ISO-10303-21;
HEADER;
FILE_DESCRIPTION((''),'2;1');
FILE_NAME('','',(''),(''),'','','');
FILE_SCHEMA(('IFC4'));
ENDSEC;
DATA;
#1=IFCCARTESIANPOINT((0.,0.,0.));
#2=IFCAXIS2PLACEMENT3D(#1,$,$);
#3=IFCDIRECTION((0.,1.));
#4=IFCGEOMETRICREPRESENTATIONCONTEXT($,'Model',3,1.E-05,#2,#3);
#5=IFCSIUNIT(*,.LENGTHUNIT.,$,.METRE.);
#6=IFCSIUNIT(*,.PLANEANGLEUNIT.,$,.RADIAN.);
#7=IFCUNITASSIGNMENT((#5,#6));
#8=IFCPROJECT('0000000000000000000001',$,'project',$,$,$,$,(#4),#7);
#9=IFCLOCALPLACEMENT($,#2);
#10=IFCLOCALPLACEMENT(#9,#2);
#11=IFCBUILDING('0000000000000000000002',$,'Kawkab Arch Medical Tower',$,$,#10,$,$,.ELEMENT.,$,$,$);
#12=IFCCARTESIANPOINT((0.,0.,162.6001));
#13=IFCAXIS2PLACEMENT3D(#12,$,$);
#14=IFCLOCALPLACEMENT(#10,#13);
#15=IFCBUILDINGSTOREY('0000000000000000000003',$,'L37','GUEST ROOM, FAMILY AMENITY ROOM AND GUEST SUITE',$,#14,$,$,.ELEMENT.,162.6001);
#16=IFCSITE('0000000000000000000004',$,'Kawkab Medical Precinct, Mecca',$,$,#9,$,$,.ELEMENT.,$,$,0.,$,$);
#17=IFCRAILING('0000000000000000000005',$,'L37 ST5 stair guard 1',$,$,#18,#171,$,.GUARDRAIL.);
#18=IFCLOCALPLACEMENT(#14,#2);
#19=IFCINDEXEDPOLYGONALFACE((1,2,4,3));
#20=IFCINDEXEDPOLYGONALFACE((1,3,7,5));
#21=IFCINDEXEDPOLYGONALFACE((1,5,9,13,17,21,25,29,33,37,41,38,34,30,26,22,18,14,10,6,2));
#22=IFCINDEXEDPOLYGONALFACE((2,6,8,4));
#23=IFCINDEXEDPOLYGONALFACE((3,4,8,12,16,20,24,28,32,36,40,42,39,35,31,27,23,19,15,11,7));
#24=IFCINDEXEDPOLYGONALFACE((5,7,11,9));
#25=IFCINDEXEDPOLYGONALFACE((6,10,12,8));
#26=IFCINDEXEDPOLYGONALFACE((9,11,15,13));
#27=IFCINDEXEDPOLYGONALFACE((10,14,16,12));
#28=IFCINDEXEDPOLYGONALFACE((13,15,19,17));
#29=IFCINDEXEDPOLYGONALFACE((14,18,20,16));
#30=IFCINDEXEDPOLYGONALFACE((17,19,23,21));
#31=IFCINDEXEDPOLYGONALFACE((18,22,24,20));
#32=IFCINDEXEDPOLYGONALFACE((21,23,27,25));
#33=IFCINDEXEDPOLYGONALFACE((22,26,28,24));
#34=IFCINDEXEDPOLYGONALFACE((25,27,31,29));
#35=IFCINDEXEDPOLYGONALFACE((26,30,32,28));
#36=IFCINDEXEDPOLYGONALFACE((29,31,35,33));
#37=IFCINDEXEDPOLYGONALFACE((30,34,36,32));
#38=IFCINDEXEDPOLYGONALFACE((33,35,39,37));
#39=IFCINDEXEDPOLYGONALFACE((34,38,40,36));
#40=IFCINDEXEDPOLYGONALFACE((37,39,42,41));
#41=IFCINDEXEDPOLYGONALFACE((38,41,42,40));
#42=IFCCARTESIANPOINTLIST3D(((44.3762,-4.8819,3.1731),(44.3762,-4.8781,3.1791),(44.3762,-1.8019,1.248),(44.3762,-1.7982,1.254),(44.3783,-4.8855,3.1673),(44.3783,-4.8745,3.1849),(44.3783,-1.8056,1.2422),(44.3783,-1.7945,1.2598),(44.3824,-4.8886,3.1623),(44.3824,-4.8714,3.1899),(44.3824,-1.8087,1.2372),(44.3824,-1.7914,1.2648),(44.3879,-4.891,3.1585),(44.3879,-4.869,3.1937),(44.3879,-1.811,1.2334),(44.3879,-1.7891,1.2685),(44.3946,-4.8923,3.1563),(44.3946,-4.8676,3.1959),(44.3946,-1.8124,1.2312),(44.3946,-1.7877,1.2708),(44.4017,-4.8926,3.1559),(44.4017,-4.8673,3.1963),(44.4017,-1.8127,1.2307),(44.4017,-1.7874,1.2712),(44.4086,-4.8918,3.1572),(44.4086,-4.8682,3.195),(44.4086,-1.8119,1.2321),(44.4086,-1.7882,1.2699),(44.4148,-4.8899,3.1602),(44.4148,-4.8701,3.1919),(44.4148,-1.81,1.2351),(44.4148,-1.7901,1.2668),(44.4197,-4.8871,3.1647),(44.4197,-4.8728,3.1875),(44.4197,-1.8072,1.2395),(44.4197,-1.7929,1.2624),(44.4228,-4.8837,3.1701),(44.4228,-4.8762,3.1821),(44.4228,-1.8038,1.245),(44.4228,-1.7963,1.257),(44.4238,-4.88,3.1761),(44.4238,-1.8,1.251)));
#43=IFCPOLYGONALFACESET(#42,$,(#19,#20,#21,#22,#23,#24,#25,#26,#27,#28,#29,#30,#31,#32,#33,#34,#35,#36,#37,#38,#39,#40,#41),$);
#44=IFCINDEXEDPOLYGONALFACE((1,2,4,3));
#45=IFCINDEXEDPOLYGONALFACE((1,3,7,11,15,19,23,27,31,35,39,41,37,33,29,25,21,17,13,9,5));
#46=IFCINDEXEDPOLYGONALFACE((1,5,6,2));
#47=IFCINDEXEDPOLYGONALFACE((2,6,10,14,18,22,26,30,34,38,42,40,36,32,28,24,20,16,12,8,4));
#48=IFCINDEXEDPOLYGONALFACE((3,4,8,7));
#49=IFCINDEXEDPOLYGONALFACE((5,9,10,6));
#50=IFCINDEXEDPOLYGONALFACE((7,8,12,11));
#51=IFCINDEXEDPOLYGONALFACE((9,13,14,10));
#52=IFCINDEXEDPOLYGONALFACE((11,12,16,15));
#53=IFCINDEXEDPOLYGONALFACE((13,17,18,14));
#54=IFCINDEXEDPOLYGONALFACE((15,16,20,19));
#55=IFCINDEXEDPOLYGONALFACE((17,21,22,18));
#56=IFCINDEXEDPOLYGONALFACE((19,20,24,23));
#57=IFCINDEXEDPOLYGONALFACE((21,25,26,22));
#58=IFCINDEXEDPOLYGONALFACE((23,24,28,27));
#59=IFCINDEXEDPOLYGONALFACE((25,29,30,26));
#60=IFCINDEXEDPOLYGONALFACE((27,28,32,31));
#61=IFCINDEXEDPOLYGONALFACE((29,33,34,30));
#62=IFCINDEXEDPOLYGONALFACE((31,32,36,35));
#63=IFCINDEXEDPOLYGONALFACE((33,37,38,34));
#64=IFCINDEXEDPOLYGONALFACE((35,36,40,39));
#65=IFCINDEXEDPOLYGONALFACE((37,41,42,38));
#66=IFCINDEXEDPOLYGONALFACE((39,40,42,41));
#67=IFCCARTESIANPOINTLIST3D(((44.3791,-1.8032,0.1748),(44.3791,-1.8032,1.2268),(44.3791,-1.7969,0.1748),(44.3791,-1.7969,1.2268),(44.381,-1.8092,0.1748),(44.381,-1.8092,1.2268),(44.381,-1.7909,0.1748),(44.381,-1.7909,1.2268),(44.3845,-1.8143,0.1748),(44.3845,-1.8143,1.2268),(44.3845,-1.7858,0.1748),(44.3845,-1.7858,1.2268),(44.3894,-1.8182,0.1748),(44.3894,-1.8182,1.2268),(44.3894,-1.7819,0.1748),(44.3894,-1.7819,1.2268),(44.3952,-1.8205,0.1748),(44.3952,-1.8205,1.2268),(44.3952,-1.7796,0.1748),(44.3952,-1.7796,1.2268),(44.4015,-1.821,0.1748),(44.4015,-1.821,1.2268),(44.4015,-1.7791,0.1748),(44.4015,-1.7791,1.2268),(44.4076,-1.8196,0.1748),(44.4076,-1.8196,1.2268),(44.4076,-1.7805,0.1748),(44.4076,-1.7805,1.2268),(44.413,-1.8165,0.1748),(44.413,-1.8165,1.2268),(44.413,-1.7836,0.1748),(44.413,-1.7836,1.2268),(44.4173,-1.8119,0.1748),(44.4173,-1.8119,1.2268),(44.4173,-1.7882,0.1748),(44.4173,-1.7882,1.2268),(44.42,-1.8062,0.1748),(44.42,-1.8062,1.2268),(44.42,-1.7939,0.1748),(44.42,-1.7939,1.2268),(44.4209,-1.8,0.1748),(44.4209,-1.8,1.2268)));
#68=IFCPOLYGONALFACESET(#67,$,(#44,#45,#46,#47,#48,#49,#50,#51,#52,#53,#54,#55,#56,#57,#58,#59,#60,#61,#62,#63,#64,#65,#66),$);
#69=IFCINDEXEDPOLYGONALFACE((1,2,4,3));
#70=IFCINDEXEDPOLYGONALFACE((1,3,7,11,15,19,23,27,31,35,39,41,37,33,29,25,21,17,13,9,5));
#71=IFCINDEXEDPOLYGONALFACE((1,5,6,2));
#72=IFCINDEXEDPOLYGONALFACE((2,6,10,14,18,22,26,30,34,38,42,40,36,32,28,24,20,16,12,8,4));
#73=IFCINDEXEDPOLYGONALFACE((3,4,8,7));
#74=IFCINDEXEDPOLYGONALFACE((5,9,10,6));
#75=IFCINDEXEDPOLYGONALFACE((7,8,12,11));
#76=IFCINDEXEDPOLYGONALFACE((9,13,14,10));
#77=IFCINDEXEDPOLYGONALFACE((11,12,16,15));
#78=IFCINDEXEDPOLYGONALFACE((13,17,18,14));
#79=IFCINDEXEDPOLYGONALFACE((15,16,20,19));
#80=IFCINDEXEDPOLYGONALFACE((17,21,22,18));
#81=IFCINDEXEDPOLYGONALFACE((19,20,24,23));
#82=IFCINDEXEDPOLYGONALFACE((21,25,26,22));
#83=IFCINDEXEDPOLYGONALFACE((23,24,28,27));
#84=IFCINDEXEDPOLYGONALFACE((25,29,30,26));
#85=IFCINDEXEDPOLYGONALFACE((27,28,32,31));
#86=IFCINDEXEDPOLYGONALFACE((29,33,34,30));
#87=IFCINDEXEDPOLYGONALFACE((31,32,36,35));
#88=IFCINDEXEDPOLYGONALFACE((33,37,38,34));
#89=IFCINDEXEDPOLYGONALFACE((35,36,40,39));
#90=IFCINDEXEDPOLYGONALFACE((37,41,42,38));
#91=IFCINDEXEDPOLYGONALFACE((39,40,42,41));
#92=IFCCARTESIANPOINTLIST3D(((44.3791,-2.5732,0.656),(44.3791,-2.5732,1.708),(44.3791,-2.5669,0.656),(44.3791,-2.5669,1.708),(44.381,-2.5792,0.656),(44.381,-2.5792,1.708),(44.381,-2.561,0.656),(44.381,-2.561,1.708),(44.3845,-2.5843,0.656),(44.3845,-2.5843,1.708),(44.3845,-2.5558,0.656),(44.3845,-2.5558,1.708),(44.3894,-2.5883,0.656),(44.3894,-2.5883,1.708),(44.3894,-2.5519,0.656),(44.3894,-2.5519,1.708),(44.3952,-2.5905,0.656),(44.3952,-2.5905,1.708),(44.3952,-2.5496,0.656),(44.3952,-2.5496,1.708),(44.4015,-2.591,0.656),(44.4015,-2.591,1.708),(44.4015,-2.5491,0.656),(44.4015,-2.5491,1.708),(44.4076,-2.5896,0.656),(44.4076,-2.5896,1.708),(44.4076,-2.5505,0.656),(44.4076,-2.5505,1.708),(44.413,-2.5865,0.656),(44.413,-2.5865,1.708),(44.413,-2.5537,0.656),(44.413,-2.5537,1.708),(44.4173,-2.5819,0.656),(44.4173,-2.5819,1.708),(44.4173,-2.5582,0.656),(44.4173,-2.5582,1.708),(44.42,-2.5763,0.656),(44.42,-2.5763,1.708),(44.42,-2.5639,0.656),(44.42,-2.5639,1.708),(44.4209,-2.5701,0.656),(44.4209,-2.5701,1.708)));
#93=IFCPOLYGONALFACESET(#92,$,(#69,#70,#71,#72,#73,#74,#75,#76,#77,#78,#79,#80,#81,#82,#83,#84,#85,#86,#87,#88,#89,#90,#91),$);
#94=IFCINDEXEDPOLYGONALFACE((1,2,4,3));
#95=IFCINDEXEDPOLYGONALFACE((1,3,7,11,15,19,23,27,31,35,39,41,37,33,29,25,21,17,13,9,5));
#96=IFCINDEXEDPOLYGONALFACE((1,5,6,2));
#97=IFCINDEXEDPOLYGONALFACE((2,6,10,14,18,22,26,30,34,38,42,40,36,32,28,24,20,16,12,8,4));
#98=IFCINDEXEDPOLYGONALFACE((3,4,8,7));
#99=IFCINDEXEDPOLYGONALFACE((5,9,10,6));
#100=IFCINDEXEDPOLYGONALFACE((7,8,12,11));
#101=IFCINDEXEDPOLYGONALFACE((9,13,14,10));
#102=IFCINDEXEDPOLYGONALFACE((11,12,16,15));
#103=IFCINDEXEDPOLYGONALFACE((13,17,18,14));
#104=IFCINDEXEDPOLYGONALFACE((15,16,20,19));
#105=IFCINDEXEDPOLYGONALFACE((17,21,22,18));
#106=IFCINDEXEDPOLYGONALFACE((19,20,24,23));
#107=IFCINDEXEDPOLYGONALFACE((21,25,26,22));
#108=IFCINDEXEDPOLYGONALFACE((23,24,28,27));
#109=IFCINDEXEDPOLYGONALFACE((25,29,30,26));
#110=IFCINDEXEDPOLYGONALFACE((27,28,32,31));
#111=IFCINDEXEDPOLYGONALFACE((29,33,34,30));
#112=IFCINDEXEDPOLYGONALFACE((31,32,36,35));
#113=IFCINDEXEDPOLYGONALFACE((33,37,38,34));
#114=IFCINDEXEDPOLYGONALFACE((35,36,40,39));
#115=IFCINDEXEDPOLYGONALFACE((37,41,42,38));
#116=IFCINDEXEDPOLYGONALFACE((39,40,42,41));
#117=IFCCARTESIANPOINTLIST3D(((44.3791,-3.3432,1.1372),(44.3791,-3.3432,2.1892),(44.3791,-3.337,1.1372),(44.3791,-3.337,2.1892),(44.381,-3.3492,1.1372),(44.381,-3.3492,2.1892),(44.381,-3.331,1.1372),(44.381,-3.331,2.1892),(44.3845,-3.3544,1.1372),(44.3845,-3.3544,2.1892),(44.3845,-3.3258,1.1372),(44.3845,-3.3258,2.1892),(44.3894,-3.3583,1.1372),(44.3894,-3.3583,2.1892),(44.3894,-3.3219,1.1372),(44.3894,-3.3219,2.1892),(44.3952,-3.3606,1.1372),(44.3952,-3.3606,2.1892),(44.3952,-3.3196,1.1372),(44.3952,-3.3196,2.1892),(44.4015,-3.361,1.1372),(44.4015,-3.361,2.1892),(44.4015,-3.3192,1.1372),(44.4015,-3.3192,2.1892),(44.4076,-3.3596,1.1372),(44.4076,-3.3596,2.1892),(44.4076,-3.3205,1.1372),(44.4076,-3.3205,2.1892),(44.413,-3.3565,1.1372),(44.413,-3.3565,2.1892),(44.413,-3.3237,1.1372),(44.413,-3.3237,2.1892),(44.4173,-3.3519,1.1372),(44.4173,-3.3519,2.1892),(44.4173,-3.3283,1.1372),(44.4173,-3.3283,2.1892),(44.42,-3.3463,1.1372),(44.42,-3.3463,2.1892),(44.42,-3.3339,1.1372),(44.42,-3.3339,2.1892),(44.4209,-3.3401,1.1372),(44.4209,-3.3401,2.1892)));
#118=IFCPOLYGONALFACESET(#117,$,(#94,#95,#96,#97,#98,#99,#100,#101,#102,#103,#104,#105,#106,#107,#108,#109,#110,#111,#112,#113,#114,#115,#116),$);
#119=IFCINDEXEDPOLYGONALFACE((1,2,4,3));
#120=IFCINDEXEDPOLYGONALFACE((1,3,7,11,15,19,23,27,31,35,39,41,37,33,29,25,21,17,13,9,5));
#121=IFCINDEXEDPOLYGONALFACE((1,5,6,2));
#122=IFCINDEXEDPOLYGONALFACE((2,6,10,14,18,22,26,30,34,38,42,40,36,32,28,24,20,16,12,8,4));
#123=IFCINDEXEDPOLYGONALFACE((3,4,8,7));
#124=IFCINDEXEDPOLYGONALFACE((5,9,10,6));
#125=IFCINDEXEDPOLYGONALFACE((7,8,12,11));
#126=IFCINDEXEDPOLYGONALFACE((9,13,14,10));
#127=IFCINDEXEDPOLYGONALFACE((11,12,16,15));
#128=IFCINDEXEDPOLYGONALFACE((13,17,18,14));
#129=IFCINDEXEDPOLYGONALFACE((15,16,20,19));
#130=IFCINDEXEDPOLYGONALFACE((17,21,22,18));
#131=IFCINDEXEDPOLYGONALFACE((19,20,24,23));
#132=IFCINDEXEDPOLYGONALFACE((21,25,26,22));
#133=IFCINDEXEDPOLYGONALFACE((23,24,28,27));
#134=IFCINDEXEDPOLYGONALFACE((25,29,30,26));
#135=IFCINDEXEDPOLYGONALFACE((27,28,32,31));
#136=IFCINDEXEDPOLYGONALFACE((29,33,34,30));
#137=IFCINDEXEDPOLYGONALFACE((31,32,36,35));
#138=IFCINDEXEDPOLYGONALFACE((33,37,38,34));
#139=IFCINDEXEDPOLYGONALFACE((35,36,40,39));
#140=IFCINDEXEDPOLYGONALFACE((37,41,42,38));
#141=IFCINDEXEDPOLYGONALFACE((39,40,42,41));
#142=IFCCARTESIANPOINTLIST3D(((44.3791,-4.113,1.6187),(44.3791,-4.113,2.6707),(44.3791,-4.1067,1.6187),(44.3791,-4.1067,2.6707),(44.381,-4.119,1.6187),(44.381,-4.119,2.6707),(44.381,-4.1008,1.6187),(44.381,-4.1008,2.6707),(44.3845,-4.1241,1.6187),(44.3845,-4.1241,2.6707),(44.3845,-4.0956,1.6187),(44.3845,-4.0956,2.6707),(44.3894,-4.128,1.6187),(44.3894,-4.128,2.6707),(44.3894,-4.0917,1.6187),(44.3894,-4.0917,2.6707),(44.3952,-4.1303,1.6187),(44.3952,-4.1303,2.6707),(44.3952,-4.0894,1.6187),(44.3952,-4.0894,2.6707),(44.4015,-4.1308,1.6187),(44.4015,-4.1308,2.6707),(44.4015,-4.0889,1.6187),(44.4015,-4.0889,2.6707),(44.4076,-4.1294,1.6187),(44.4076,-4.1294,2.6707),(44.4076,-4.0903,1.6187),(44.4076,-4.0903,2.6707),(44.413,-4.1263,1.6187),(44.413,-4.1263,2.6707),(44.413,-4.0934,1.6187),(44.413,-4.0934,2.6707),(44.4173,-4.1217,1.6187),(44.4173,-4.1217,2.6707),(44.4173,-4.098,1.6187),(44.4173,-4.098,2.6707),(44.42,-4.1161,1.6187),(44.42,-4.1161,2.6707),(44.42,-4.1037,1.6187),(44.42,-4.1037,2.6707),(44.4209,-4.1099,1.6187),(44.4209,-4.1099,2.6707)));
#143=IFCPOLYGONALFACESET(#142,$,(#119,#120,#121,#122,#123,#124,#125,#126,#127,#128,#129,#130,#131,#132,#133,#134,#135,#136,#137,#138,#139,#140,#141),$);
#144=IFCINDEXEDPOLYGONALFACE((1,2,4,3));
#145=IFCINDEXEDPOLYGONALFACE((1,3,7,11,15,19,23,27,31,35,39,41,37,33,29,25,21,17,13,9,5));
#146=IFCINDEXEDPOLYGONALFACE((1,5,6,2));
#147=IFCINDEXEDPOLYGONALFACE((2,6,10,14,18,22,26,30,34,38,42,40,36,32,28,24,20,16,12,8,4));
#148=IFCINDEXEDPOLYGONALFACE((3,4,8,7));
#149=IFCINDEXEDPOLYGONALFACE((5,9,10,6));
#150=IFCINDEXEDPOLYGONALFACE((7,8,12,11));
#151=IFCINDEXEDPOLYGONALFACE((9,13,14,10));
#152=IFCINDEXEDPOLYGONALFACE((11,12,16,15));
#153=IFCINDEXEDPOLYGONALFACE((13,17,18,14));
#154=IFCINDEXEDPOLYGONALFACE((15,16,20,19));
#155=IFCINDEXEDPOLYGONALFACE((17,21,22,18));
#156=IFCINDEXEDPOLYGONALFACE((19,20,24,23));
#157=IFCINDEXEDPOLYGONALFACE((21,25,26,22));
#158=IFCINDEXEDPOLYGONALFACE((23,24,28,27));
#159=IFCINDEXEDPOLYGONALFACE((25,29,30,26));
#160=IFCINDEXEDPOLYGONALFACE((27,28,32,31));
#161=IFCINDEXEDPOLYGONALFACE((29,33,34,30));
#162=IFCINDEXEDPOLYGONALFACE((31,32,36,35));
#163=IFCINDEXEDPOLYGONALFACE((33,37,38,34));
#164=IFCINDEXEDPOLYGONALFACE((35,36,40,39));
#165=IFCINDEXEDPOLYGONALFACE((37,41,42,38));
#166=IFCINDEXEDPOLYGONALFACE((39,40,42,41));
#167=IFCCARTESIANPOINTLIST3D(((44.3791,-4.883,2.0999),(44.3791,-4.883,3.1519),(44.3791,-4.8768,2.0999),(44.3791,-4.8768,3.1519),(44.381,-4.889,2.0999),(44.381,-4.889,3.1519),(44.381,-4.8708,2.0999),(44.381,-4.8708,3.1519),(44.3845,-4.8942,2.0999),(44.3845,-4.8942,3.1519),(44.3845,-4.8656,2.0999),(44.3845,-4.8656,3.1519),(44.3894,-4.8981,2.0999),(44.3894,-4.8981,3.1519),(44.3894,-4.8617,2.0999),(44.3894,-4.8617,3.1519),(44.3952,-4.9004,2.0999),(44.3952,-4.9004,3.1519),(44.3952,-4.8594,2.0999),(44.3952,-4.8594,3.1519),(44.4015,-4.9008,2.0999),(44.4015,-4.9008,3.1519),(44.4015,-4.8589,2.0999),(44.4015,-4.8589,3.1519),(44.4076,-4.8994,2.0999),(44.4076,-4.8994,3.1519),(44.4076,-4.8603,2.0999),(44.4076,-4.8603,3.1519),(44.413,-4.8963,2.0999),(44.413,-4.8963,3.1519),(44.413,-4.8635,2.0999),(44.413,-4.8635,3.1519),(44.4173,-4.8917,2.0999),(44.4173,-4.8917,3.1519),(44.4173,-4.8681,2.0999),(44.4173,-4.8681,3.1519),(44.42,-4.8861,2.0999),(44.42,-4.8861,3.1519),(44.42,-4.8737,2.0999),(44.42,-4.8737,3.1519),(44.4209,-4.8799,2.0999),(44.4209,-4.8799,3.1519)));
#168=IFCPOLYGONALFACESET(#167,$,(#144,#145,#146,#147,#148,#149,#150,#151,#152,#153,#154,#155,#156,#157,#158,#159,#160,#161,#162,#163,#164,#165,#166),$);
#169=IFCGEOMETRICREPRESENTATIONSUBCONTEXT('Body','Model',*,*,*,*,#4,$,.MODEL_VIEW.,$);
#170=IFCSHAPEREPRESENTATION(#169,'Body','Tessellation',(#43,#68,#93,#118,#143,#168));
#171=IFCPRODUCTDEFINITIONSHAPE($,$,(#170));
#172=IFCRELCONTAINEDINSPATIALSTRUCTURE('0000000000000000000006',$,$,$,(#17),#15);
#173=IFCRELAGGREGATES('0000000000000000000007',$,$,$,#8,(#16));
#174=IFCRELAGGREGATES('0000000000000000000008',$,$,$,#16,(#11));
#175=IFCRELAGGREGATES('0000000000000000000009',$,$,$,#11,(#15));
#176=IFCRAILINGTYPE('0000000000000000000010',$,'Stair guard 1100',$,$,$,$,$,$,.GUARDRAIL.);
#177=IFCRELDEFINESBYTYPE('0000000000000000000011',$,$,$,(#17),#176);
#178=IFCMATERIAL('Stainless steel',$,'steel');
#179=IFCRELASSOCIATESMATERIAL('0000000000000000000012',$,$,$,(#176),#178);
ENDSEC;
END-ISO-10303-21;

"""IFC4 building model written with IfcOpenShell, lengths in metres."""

from ifc_helpers import new_model, si_unit, direction, frame, origin, origin_2d, place, context, subcontext, project, spatial, circle, extrude, material, type_object, element, save


model = new_model("IFC4")

# Units and contexts
model_context = context("Model", 3, precision=1e-05, world=origin(), true_north=direction((0.0, 1.0)))
body_context = subcontext(model_context, "Body", "Model", "MODEL_VIEW")
ifc_project = project(units=[si_unit("LENGTHUNIT", "METRE"), si_unit("PLANEANGLEUNIT", "RADIAN")], contexts=[model_context])

# Site, building, storey
site_placement = place(None, origin())
site = spatial("IfcSite", under=ifc_project, at=site_placement, Name="Kawkab Medical Precinct, Mecca", CompositionType="ELEMENT", RefElevation=0.0)
building_placement = place(site_placement, origin())
building = spatial("IfcBuilding", under=site, at=building_placement, Name="Kawkab Arch Medical Tower", CompositionType="ELEMENT")
storey_placement = place(building_placement, frame((0.0, 0.0, 162.6001)))
storey = spatial("IfcBuildingStorey", under=building, at=storey_placement, Name="L37", Description="GUEST ROOM, FAMILY AMENITY ROOM AND GUEST SUITE", CompositionType="ELEMENT", Elevation=162.6001)

# Railing
ifc_material_1 = material(Name="Stainless steel", Category="steel")
railing_type_1 = type_object("IfcRailingType", Name="Stair guard 1100", PredefinedType="GUARDRAIL", material=ifc_material_1)
railing_1_placement = place(storey_placement, frame((44.3999, -1.8, 0.1748)))
element("IfcRailing", 1, at=railing_1_placement, inside=storey, type_object=railing_type_1, Name="L37 ST5 stair guard 1", PredefinedType="GUARDRAIL", context=body_context, shape_type="SweptSolid", body=[
    extrude(circle(Radius=0.0239, at=origin_2d()), frame((0.0, 0.0, 1.0762), z_axis=(0.0, -0.847979, 0.530029), x_axis=(1.0, 0.0, 0.0)), (0.0, 0.0, 1.0), 3.6321),
    extrude(circle(Radius=0.021, at=origin_2d()), origin(), (0.0, 0.0, 1.0), 1.052),
    extrude(circle(Radius=0.021, at=origin_2d()), frame((0.0, -0.77, 0.4812)), (0.0, 0.0, 1.0), 1.052),
    extrude(circle(Radius=0.021, at=origin_2d()), frame((0.0, -1.54, 0.9624)), (0.0, 0.0, 1.0), 1.052),
    extrude(circle(Radius=0.021, at=origin_2d()), frame((0.0, -2.3098, 1.4438)), (0.0, 0.0, 1.0), 1.052),
    extrude(circle(Radius=0.021, at=origin_2d()), frame((0.0, -3.0798, 1.925)), (0.0, 0.0, 1.0), 1.052),
])

save(model, "model.ifc")
